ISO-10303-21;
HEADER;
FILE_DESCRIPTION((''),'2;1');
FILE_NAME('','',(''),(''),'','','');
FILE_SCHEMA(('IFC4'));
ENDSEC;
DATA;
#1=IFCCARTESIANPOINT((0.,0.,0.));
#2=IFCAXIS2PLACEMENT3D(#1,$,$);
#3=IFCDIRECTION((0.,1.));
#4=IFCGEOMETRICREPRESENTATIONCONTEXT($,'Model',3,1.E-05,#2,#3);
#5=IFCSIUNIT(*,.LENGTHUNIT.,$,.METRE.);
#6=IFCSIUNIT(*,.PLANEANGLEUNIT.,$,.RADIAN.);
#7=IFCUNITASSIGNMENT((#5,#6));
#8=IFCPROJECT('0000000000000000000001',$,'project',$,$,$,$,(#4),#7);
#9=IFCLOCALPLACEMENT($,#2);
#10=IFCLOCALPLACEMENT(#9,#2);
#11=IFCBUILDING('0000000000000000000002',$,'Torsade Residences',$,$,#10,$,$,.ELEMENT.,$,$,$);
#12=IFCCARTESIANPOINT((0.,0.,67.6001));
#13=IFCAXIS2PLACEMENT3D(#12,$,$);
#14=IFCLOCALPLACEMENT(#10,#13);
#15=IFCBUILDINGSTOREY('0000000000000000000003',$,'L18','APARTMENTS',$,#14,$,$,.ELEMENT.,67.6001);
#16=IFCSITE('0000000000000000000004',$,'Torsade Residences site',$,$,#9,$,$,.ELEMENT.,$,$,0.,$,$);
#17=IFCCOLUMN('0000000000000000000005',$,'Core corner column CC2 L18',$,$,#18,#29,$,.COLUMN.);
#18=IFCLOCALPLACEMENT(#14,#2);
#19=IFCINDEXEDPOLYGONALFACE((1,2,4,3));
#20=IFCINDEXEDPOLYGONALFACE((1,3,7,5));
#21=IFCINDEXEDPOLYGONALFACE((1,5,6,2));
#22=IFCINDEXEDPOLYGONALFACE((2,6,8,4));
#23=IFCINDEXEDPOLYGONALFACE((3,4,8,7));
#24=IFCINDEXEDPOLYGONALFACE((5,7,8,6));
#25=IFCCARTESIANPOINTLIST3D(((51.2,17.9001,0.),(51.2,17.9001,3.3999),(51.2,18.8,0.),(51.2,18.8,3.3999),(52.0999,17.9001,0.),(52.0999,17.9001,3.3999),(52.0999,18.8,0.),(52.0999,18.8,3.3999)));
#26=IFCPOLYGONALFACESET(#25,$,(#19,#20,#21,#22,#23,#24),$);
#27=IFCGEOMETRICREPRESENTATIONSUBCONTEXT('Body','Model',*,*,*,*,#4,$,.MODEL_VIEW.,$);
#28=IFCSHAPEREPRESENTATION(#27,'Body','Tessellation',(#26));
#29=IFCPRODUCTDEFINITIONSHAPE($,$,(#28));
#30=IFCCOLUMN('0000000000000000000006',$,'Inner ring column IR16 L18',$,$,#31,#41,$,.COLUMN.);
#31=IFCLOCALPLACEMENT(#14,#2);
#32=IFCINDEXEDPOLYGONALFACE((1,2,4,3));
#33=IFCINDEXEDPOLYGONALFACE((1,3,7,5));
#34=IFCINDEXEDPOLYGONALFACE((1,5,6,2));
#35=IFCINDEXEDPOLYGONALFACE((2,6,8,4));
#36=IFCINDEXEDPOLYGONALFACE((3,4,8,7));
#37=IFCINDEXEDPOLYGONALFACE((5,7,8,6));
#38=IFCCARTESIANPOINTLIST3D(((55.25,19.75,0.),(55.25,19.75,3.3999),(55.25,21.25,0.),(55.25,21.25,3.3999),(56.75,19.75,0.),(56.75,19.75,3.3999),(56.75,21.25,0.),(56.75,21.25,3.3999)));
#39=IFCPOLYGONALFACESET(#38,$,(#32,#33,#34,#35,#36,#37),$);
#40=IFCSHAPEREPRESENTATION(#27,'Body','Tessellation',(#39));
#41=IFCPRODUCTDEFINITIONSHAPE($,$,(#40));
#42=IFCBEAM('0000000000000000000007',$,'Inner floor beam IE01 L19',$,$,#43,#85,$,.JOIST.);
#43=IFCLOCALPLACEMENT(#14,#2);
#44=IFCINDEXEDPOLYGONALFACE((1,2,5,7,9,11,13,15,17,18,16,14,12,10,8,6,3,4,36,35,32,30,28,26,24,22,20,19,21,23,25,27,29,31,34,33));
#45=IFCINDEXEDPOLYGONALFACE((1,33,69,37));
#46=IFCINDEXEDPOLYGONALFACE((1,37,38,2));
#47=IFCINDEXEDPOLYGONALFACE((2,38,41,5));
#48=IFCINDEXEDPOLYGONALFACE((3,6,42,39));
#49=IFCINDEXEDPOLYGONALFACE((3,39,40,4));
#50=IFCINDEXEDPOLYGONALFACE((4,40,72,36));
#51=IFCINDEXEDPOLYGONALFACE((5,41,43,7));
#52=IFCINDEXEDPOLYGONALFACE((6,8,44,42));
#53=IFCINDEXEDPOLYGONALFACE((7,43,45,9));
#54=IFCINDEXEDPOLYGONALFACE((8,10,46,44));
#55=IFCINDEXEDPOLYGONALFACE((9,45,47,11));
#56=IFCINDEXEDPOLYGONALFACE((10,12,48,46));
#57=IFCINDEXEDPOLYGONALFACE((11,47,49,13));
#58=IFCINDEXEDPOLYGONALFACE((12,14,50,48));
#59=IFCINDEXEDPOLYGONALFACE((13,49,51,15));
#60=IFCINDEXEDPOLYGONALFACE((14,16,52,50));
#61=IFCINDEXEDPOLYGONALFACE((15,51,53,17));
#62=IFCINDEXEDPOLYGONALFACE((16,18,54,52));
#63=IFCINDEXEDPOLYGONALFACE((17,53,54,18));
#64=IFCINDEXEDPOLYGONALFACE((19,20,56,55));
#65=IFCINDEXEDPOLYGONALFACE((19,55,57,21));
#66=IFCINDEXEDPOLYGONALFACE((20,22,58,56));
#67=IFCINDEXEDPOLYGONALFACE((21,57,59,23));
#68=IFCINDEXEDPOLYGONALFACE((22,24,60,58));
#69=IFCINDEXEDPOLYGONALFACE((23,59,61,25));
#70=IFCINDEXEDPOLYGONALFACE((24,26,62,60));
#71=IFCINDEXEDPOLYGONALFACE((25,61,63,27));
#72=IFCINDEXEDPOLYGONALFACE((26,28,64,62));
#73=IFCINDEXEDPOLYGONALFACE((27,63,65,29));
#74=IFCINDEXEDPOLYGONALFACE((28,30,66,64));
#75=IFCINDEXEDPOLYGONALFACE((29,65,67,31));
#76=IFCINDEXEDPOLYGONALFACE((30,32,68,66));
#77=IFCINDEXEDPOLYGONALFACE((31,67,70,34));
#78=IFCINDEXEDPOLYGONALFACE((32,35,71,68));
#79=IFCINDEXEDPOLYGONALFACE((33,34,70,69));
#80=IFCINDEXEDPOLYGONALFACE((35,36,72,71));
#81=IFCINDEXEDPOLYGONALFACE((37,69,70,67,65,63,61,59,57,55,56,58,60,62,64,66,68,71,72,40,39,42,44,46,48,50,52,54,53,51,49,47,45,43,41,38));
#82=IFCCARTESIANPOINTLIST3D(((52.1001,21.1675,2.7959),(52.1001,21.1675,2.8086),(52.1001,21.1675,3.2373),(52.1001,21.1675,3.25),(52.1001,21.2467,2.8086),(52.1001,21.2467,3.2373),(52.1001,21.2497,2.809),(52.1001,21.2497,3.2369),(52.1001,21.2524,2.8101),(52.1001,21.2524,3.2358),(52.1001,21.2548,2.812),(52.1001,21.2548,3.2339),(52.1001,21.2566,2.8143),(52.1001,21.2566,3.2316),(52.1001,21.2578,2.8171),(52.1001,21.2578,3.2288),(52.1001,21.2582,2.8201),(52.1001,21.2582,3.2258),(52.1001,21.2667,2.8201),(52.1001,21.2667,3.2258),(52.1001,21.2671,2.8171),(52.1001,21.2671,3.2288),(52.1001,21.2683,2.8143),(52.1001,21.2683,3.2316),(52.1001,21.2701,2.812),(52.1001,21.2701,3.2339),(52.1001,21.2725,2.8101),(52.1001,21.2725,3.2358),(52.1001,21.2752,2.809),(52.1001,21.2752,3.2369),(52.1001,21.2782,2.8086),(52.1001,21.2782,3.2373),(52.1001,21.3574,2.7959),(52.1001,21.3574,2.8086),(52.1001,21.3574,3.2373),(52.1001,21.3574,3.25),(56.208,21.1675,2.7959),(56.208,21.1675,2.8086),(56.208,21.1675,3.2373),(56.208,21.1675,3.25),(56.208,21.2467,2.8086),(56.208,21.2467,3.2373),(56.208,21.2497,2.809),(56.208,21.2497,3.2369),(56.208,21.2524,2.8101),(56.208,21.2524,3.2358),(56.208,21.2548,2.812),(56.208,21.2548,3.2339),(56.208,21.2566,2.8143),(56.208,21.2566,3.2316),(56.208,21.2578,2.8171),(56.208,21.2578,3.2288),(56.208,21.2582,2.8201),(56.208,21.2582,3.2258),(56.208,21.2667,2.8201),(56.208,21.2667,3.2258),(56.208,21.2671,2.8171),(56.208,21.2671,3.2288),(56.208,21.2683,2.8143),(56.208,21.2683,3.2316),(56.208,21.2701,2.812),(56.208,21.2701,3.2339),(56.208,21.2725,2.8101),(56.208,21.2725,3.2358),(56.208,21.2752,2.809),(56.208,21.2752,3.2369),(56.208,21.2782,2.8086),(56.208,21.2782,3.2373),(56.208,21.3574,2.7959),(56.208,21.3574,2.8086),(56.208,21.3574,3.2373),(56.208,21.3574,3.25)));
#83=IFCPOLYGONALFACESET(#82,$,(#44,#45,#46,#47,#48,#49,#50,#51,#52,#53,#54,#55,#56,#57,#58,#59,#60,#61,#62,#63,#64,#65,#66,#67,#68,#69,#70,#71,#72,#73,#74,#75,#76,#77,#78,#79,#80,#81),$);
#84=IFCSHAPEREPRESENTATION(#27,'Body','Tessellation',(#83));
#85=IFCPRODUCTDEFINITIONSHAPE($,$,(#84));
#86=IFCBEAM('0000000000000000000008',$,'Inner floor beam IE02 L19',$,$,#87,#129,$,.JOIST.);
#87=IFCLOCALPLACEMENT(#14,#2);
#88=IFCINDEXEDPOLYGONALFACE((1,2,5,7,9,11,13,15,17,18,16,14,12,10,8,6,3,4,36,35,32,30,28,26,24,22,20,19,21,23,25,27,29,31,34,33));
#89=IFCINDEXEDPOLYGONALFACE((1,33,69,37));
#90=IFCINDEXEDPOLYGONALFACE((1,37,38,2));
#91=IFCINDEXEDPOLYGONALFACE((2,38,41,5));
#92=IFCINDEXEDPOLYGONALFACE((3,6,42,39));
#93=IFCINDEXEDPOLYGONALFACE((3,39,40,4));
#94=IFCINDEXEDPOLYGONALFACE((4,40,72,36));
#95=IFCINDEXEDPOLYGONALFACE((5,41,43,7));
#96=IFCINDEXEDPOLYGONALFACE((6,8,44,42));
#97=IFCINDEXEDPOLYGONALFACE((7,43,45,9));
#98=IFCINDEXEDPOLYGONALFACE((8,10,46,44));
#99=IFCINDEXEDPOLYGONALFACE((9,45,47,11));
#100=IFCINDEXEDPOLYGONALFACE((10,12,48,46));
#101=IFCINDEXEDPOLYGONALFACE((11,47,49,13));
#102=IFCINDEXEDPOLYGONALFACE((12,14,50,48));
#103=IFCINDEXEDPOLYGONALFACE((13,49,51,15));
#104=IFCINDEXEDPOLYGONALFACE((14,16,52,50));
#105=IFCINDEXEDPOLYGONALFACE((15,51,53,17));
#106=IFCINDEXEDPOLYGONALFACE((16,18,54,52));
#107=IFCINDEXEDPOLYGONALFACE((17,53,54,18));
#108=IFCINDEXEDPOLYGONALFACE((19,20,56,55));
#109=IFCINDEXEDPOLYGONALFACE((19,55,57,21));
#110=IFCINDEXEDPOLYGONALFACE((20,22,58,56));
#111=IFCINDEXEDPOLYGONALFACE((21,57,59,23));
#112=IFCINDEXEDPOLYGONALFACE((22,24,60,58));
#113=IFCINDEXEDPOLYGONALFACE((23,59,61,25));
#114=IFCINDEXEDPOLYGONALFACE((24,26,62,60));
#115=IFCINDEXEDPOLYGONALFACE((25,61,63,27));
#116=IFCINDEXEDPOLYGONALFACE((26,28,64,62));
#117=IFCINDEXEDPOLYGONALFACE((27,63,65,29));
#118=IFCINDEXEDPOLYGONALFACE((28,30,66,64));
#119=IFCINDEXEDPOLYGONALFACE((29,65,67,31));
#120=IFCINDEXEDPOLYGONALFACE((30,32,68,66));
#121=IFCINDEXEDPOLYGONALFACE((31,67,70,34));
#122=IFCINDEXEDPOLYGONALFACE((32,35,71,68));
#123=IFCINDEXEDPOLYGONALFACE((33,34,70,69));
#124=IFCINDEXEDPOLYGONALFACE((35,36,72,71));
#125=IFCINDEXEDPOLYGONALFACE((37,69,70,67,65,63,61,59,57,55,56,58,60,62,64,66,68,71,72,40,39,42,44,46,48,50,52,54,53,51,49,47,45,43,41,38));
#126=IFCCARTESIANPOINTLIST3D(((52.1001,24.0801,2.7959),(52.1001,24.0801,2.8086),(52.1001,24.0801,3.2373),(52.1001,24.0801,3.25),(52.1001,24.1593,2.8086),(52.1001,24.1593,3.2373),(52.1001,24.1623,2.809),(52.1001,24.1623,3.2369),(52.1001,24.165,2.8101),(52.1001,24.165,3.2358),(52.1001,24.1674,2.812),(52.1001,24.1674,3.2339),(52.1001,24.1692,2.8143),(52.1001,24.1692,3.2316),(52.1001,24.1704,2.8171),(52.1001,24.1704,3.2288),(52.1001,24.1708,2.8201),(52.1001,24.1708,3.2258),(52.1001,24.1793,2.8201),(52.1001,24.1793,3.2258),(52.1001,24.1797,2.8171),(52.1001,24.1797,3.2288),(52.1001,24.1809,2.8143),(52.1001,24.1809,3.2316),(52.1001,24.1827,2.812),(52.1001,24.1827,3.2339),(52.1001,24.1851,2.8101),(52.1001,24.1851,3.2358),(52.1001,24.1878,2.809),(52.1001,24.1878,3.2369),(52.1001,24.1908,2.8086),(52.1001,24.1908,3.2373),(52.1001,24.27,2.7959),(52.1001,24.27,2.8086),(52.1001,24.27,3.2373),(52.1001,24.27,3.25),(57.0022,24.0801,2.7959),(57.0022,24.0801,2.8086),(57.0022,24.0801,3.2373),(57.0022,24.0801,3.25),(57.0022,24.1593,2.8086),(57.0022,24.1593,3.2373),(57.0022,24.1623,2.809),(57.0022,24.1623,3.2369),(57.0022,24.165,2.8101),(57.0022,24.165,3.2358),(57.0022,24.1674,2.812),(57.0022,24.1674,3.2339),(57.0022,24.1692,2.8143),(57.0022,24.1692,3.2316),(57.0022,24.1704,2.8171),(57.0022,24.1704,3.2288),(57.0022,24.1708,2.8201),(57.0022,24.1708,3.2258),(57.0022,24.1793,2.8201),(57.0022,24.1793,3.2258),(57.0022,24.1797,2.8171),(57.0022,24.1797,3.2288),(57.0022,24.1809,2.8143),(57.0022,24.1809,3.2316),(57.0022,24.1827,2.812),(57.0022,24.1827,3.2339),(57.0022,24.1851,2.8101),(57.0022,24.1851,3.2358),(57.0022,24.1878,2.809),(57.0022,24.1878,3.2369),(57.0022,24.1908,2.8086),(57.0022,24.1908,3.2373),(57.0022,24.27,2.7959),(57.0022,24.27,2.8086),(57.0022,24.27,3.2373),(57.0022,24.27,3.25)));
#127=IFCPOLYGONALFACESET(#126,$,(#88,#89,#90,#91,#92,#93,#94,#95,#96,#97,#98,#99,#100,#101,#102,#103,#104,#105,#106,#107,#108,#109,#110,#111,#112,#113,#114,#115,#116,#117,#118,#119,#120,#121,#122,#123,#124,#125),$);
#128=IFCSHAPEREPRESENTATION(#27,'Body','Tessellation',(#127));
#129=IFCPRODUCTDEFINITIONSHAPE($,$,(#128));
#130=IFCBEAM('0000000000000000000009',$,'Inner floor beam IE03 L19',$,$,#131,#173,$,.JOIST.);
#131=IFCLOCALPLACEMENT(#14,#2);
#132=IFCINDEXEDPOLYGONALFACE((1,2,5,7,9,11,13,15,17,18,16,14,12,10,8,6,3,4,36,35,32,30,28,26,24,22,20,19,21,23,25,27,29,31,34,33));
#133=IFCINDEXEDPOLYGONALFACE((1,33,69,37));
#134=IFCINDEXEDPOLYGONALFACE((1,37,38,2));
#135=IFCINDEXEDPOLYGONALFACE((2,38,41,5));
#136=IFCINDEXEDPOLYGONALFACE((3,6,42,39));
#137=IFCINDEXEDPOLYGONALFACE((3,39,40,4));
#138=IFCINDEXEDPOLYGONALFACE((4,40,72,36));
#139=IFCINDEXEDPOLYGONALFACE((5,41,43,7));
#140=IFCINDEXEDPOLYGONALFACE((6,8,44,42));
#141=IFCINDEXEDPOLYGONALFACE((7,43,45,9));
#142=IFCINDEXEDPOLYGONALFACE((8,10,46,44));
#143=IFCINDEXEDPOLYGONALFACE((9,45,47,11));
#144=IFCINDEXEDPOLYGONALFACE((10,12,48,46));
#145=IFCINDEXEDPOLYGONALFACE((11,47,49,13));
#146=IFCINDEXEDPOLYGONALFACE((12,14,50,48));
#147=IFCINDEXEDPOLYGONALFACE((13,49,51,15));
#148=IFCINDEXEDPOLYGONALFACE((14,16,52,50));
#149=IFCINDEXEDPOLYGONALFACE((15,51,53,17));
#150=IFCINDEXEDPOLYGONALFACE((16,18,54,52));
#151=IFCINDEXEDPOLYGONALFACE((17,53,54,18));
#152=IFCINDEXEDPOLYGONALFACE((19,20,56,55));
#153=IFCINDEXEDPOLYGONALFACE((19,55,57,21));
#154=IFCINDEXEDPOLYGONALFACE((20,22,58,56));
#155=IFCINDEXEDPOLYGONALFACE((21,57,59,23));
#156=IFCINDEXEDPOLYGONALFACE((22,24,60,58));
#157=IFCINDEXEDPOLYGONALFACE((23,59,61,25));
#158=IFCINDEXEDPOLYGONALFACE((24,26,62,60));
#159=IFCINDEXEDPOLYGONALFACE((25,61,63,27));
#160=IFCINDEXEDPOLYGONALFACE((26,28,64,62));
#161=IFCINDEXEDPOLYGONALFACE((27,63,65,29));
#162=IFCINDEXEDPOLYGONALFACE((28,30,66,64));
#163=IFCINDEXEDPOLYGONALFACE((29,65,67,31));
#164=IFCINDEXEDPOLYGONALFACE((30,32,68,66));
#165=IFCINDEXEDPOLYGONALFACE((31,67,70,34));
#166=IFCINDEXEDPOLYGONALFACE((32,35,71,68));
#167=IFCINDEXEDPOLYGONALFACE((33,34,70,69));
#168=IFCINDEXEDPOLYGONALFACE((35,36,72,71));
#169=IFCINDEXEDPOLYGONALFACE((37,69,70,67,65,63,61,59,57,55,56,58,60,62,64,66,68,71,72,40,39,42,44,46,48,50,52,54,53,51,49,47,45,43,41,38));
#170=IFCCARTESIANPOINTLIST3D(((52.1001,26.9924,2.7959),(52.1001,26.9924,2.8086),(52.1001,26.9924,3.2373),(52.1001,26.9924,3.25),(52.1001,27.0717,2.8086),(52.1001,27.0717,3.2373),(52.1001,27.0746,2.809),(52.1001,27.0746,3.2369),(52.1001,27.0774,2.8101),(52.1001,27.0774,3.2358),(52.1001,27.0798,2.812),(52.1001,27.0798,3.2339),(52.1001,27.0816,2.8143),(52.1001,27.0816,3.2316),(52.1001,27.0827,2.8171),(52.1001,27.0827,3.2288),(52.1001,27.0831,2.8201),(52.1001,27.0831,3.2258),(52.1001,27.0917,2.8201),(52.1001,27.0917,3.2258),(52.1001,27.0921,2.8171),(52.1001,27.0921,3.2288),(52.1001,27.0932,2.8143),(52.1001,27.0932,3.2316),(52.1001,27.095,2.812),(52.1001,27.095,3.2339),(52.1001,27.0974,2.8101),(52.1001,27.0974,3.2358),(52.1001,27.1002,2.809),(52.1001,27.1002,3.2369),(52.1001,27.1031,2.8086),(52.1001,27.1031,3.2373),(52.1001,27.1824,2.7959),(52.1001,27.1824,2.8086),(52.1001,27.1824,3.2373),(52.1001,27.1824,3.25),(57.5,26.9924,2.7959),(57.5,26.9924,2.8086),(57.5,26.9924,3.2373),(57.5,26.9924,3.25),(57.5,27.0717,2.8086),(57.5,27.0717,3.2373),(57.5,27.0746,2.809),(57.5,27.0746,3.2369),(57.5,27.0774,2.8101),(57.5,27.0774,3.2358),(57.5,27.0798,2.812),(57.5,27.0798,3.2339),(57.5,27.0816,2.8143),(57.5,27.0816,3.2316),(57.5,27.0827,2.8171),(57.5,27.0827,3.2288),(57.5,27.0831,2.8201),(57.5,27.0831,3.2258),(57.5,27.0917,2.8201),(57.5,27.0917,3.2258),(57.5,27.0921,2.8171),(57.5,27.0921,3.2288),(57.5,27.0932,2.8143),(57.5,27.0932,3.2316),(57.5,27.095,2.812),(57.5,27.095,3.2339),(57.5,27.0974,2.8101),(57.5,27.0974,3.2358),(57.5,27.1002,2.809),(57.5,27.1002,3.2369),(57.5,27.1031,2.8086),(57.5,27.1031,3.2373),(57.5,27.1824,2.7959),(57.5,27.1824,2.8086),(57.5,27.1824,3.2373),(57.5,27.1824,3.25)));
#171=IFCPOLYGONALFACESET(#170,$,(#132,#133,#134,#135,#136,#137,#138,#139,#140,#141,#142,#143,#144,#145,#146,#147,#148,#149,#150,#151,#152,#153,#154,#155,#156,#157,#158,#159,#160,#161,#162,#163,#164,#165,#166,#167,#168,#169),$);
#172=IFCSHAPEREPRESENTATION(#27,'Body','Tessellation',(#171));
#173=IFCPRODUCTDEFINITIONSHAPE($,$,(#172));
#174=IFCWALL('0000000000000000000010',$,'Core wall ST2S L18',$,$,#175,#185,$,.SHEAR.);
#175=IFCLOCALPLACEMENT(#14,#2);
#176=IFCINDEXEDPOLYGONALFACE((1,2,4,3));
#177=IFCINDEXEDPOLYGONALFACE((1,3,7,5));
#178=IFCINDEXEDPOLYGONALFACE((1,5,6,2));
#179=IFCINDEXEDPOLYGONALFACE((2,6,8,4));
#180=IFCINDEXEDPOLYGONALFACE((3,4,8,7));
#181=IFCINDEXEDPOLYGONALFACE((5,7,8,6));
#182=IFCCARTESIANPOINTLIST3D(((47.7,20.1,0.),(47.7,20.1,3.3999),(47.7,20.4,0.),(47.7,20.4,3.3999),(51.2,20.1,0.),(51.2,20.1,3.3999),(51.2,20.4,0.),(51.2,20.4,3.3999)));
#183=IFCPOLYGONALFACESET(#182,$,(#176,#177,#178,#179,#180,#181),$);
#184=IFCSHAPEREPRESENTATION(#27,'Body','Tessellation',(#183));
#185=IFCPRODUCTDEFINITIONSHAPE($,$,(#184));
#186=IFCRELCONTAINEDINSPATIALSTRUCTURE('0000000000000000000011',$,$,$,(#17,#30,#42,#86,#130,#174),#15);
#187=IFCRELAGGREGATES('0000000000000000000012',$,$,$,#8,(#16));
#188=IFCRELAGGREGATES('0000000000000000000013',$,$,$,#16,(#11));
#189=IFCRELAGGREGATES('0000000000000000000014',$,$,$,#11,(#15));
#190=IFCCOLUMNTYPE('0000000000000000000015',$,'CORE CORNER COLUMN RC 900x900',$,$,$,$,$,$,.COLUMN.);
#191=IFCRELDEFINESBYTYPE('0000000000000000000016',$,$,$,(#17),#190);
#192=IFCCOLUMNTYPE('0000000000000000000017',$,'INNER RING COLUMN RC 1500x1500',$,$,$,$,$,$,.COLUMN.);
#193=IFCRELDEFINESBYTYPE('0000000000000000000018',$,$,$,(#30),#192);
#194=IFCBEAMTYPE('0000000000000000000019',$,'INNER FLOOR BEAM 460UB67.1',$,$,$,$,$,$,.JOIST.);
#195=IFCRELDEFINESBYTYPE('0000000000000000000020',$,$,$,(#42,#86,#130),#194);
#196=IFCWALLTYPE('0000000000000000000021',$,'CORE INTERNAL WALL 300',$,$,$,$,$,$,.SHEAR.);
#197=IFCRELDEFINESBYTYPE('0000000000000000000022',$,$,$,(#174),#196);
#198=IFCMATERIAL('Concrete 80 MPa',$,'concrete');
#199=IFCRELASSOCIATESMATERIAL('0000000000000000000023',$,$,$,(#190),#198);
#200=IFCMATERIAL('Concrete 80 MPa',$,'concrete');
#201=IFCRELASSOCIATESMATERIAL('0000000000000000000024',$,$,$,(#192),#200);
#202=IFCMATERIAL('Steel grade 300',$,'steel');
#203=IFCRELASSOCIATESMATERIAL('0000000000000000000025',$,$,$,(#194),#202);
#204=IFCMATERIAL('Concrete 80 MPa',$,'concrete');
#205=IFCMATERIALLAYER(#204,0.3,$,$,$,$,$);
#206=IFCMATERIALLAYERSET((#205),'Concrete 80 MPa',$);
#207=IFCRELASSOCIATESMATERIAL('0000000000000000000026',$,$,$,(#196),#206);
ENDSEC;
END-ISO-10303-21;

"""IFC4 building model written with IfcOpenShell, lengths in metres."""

from ifc_helpers import new_model, si_unit, direction, frame, frame_2d, origin, origin_2d, place, context, subcontext, project, spatial, rectangle, i_section, extrude, material, layer, layer_set, material_profile, profile_set, type_object, element, save


model = new_model("IFC4")

# Units and contexts
model_context = context("Model", 3, precision=1e-05, world=origin(), true_north=direction((0.0, 1.0)))
body_context = subcontext(model_context, "Body", "Model", "MODEL_VIEW")
ifc_project = project(units=[si_unit("LENGTHUNIT", "METRE"), si_unit("PLANEANGLEUNIT", "RADIAN")], contexts=[model_context])

# Site, building, storey
site_placement = place(None, origin())
site = spatial("IfcSite", under=ifc_project, at=site_placement, Name="Torsade Residences site", CompositionType="ELEMENT", RefElevation=0.0)
building_placement = place(site_placement, origin())
building = spatial("IfcBuilding", under=site, at=building_placement, Name="Torsade Residences", CompositionType="ELEMENT")
storey_placement = place(building_placement, frame((0.0, 0.0, 67.6001)))
storey = spatial("IfcBuildingStorey", under=building, at=storey_placement, Name="L18", Description="APARTMENTS", CompositionType="ELEMENT", Elevation=67.6001)

# Columns
ifc_material_1 = material(Name="Concrete 80 MPa", Category="concrete")
ifc_material_profile_1 = material_profile(ifc_material_1, rectangle(XDim=0.8999, YDim=0.8999, at=origin_2d()), Name="RC 900x900")
ifc_profile_set_1 = profile_set([ifc_material_profile_1], Name="Concrete 80 MPa")
column_type_1 = type_object("IfcColumnType", Name="CORE CORNER COLUMN RC 900x900", PredefinedType="COLUMN", material=ifc_profile_set_1)
column_1_placement = place(storey_placement, frame((51.6499, 18.3501, 0.0), z_axis=(0.0, 0.0, 1.0), x_axis=(1.0, 0.0, 0.0)))
element("IfcColumn", 1, at=column_1_placement, inside=storey, type_object=column_type_1, Name="Core corner column CC2 L18", PredefinedType="COLUMN", context=body_context, shape_type="SweptSolid", body=[
    extrude(rectangle(XDim=0.8999, YDim=0.8999, at=origin_2d()), origin(), (0.0, 0.0, 1.0), 3.3999),
])
ifc_material_2 = material(Name="Concrete 80 MPa", Category="concrete")
ifc_material_profile_2 = material_profile(ifc_material_2, rectangle(XDim=1.5, YDim=1.5, at=origin_2d()), Name="RC 1500x1500")
ifc_profile_set_2 = profile_set([ifc_material_profile_2], Name="Concrete 80 MPa")
column_type_2 = type_object("IfcColumnType", Name="INNER RING COLUMN RC 1500x1500", PredefinedType="COLUMN", material=ifc_profile_set_2)
column_2_placement = place(storey_placement, frame((56.0, 20.5, 0.0), z_axis=(0.0, 0.0, 1.0), x_axis=(1.0, 0.0, 0.0)))
element("IfcColumn", 2, at=column_2_placement, inside=storey, type_object=column_type_2, Name="Inner ring column IR16 L18", PredefinedType="COLUMN", context=body_context, shape_type="SweptSolid", body=[
    extrude(rectangle(XDim=1.5, YDim=1.5, at=origin_2d()), origin(), (0.0, 0.0, 1.0), 3.3999),
])

# Beams
ifc_material_3 = material(Name="Steel grade 300", Category="steel")
ifc_material_profile_3 = material_profile(ifc_material_3, i_section(OverallWidth=0.1899, OverallDepth=0.4541, WebThickness=0.0085, FlangeThickness=0.0127, FilletRadius=0.0115, at=origin_2d()), Name="460UB67.1")
ifc_profile_set_3 = profile_set([ifc_material_profile_3], Name="Steel grade 300")
beam_type = type_object("IfcBeamType", Name="INNER FLOOR BEAM 460UB67.1", PredefinedType="JOIST", material=ifc_profile_set_3)
beam_1_placement = place(storey_placement, frame((52.1001, 21.2625, 3.0229), z_axis=(1.0, 0.0, 0.0), x_axis=(0.0, 1.0, 0.0)))
element("IfcBeam", 3, at=beam_1_placement, inside=storey, type_object=beam_type, Name="Inner floor beam IE01 L19", PredefinedType="JOIST", context=body_context, shape_type="SweptSolid", body=[
    extrude(i_section(OverallWidth=0.1899, OverallDepth=0.4541, WebThickness=0.0085, FlangeThickness=0.0127, FilletRadius=0.0115, at=origin_2d()), origin(), (0.0, 0.0, 1.0), 4.1079),
])
beam_2_placement = place(storey_placement, frame((52.1001, 24.175, 3.0229), z_axis=(1.0, 0.0, 0.0), x_axis=(0.0, 1.0, 0.0)))
element("IfcBeam", 4, at=beam_2_placement, inside=storey, type_object=beam_type, Name="Inner floor beam IE02 L19", PredefinedType="JOIST", context=body_context, shape_type="SweptSolid", body=[
    extrude(i_section(OverallWidth=0.1899, OverallDepth=0.4541, WebThickness=0.0085, FlangeThickness=0.0127, FilletRadius=0.0115, at=origin_2d()), origin(), (0.0, 0.0, 1.0), 4.9021),
])
beam_3_placement = place(storey_placement, frame((52.1001, 27.0874, 3.0229), z_axis=(1.0, 0.0, 0.0), x_axis=(0.0, 1.0, 0.0)))
element("IfcBeam", 5, at=beam_3_placement, inside=storey, type_object=beam_type, Name="Inner floor beam IE03 L19", PredefinedType="JOIST", context=body_context, shape_type="SweptSolid", body=[
    extrude(i_section(OverallWidth=0.1899, OverallDepth=0.4541, WebThickness=0.0085, FlangeThickness=0.0127, FilletRadius=0.0115, at=origin_2d()), origin(), (0.0, 0.0, 1.0), 5.3999),
])

# Wall
ifc_material_4 = material(Name="Concrete 80 MPa", Category="concrete")
ifc_layer_1 = layer(ifc_material_4, 0.3)
ifc_layer_set_1 = layer_set([ifc_layer_1], Name="Concrete 80 MPa")
wall_type_1 = type_object("IfcWallType", Name="CORE INTERNAL WALL 300", PredefinedType="SHEAR", material=ifc_layer_set_1)
wall_1_placement = place(storey_placement, frame((51.2, 20.25, 0.0), z_axis=(0.0, 0.0, 1.0), x_axis=(-1.0, 0.0, 0.0)))
element("IfcWall", 6, at=wall_1_placement, inside=storey, type_object=wall_type_1, Name="Core wall ST2S L18", PredefinedType="SHEAR", context=body_context, shape_type="SweptSolid", body=[
    extrude(rectangle(XDim=3.5, YDim=0.3, at=frame_2d((1.75, 0.0))), origin(), (0.0, 0.0, 1.0), 3.3999),
])

save(model, "model.ifc")
